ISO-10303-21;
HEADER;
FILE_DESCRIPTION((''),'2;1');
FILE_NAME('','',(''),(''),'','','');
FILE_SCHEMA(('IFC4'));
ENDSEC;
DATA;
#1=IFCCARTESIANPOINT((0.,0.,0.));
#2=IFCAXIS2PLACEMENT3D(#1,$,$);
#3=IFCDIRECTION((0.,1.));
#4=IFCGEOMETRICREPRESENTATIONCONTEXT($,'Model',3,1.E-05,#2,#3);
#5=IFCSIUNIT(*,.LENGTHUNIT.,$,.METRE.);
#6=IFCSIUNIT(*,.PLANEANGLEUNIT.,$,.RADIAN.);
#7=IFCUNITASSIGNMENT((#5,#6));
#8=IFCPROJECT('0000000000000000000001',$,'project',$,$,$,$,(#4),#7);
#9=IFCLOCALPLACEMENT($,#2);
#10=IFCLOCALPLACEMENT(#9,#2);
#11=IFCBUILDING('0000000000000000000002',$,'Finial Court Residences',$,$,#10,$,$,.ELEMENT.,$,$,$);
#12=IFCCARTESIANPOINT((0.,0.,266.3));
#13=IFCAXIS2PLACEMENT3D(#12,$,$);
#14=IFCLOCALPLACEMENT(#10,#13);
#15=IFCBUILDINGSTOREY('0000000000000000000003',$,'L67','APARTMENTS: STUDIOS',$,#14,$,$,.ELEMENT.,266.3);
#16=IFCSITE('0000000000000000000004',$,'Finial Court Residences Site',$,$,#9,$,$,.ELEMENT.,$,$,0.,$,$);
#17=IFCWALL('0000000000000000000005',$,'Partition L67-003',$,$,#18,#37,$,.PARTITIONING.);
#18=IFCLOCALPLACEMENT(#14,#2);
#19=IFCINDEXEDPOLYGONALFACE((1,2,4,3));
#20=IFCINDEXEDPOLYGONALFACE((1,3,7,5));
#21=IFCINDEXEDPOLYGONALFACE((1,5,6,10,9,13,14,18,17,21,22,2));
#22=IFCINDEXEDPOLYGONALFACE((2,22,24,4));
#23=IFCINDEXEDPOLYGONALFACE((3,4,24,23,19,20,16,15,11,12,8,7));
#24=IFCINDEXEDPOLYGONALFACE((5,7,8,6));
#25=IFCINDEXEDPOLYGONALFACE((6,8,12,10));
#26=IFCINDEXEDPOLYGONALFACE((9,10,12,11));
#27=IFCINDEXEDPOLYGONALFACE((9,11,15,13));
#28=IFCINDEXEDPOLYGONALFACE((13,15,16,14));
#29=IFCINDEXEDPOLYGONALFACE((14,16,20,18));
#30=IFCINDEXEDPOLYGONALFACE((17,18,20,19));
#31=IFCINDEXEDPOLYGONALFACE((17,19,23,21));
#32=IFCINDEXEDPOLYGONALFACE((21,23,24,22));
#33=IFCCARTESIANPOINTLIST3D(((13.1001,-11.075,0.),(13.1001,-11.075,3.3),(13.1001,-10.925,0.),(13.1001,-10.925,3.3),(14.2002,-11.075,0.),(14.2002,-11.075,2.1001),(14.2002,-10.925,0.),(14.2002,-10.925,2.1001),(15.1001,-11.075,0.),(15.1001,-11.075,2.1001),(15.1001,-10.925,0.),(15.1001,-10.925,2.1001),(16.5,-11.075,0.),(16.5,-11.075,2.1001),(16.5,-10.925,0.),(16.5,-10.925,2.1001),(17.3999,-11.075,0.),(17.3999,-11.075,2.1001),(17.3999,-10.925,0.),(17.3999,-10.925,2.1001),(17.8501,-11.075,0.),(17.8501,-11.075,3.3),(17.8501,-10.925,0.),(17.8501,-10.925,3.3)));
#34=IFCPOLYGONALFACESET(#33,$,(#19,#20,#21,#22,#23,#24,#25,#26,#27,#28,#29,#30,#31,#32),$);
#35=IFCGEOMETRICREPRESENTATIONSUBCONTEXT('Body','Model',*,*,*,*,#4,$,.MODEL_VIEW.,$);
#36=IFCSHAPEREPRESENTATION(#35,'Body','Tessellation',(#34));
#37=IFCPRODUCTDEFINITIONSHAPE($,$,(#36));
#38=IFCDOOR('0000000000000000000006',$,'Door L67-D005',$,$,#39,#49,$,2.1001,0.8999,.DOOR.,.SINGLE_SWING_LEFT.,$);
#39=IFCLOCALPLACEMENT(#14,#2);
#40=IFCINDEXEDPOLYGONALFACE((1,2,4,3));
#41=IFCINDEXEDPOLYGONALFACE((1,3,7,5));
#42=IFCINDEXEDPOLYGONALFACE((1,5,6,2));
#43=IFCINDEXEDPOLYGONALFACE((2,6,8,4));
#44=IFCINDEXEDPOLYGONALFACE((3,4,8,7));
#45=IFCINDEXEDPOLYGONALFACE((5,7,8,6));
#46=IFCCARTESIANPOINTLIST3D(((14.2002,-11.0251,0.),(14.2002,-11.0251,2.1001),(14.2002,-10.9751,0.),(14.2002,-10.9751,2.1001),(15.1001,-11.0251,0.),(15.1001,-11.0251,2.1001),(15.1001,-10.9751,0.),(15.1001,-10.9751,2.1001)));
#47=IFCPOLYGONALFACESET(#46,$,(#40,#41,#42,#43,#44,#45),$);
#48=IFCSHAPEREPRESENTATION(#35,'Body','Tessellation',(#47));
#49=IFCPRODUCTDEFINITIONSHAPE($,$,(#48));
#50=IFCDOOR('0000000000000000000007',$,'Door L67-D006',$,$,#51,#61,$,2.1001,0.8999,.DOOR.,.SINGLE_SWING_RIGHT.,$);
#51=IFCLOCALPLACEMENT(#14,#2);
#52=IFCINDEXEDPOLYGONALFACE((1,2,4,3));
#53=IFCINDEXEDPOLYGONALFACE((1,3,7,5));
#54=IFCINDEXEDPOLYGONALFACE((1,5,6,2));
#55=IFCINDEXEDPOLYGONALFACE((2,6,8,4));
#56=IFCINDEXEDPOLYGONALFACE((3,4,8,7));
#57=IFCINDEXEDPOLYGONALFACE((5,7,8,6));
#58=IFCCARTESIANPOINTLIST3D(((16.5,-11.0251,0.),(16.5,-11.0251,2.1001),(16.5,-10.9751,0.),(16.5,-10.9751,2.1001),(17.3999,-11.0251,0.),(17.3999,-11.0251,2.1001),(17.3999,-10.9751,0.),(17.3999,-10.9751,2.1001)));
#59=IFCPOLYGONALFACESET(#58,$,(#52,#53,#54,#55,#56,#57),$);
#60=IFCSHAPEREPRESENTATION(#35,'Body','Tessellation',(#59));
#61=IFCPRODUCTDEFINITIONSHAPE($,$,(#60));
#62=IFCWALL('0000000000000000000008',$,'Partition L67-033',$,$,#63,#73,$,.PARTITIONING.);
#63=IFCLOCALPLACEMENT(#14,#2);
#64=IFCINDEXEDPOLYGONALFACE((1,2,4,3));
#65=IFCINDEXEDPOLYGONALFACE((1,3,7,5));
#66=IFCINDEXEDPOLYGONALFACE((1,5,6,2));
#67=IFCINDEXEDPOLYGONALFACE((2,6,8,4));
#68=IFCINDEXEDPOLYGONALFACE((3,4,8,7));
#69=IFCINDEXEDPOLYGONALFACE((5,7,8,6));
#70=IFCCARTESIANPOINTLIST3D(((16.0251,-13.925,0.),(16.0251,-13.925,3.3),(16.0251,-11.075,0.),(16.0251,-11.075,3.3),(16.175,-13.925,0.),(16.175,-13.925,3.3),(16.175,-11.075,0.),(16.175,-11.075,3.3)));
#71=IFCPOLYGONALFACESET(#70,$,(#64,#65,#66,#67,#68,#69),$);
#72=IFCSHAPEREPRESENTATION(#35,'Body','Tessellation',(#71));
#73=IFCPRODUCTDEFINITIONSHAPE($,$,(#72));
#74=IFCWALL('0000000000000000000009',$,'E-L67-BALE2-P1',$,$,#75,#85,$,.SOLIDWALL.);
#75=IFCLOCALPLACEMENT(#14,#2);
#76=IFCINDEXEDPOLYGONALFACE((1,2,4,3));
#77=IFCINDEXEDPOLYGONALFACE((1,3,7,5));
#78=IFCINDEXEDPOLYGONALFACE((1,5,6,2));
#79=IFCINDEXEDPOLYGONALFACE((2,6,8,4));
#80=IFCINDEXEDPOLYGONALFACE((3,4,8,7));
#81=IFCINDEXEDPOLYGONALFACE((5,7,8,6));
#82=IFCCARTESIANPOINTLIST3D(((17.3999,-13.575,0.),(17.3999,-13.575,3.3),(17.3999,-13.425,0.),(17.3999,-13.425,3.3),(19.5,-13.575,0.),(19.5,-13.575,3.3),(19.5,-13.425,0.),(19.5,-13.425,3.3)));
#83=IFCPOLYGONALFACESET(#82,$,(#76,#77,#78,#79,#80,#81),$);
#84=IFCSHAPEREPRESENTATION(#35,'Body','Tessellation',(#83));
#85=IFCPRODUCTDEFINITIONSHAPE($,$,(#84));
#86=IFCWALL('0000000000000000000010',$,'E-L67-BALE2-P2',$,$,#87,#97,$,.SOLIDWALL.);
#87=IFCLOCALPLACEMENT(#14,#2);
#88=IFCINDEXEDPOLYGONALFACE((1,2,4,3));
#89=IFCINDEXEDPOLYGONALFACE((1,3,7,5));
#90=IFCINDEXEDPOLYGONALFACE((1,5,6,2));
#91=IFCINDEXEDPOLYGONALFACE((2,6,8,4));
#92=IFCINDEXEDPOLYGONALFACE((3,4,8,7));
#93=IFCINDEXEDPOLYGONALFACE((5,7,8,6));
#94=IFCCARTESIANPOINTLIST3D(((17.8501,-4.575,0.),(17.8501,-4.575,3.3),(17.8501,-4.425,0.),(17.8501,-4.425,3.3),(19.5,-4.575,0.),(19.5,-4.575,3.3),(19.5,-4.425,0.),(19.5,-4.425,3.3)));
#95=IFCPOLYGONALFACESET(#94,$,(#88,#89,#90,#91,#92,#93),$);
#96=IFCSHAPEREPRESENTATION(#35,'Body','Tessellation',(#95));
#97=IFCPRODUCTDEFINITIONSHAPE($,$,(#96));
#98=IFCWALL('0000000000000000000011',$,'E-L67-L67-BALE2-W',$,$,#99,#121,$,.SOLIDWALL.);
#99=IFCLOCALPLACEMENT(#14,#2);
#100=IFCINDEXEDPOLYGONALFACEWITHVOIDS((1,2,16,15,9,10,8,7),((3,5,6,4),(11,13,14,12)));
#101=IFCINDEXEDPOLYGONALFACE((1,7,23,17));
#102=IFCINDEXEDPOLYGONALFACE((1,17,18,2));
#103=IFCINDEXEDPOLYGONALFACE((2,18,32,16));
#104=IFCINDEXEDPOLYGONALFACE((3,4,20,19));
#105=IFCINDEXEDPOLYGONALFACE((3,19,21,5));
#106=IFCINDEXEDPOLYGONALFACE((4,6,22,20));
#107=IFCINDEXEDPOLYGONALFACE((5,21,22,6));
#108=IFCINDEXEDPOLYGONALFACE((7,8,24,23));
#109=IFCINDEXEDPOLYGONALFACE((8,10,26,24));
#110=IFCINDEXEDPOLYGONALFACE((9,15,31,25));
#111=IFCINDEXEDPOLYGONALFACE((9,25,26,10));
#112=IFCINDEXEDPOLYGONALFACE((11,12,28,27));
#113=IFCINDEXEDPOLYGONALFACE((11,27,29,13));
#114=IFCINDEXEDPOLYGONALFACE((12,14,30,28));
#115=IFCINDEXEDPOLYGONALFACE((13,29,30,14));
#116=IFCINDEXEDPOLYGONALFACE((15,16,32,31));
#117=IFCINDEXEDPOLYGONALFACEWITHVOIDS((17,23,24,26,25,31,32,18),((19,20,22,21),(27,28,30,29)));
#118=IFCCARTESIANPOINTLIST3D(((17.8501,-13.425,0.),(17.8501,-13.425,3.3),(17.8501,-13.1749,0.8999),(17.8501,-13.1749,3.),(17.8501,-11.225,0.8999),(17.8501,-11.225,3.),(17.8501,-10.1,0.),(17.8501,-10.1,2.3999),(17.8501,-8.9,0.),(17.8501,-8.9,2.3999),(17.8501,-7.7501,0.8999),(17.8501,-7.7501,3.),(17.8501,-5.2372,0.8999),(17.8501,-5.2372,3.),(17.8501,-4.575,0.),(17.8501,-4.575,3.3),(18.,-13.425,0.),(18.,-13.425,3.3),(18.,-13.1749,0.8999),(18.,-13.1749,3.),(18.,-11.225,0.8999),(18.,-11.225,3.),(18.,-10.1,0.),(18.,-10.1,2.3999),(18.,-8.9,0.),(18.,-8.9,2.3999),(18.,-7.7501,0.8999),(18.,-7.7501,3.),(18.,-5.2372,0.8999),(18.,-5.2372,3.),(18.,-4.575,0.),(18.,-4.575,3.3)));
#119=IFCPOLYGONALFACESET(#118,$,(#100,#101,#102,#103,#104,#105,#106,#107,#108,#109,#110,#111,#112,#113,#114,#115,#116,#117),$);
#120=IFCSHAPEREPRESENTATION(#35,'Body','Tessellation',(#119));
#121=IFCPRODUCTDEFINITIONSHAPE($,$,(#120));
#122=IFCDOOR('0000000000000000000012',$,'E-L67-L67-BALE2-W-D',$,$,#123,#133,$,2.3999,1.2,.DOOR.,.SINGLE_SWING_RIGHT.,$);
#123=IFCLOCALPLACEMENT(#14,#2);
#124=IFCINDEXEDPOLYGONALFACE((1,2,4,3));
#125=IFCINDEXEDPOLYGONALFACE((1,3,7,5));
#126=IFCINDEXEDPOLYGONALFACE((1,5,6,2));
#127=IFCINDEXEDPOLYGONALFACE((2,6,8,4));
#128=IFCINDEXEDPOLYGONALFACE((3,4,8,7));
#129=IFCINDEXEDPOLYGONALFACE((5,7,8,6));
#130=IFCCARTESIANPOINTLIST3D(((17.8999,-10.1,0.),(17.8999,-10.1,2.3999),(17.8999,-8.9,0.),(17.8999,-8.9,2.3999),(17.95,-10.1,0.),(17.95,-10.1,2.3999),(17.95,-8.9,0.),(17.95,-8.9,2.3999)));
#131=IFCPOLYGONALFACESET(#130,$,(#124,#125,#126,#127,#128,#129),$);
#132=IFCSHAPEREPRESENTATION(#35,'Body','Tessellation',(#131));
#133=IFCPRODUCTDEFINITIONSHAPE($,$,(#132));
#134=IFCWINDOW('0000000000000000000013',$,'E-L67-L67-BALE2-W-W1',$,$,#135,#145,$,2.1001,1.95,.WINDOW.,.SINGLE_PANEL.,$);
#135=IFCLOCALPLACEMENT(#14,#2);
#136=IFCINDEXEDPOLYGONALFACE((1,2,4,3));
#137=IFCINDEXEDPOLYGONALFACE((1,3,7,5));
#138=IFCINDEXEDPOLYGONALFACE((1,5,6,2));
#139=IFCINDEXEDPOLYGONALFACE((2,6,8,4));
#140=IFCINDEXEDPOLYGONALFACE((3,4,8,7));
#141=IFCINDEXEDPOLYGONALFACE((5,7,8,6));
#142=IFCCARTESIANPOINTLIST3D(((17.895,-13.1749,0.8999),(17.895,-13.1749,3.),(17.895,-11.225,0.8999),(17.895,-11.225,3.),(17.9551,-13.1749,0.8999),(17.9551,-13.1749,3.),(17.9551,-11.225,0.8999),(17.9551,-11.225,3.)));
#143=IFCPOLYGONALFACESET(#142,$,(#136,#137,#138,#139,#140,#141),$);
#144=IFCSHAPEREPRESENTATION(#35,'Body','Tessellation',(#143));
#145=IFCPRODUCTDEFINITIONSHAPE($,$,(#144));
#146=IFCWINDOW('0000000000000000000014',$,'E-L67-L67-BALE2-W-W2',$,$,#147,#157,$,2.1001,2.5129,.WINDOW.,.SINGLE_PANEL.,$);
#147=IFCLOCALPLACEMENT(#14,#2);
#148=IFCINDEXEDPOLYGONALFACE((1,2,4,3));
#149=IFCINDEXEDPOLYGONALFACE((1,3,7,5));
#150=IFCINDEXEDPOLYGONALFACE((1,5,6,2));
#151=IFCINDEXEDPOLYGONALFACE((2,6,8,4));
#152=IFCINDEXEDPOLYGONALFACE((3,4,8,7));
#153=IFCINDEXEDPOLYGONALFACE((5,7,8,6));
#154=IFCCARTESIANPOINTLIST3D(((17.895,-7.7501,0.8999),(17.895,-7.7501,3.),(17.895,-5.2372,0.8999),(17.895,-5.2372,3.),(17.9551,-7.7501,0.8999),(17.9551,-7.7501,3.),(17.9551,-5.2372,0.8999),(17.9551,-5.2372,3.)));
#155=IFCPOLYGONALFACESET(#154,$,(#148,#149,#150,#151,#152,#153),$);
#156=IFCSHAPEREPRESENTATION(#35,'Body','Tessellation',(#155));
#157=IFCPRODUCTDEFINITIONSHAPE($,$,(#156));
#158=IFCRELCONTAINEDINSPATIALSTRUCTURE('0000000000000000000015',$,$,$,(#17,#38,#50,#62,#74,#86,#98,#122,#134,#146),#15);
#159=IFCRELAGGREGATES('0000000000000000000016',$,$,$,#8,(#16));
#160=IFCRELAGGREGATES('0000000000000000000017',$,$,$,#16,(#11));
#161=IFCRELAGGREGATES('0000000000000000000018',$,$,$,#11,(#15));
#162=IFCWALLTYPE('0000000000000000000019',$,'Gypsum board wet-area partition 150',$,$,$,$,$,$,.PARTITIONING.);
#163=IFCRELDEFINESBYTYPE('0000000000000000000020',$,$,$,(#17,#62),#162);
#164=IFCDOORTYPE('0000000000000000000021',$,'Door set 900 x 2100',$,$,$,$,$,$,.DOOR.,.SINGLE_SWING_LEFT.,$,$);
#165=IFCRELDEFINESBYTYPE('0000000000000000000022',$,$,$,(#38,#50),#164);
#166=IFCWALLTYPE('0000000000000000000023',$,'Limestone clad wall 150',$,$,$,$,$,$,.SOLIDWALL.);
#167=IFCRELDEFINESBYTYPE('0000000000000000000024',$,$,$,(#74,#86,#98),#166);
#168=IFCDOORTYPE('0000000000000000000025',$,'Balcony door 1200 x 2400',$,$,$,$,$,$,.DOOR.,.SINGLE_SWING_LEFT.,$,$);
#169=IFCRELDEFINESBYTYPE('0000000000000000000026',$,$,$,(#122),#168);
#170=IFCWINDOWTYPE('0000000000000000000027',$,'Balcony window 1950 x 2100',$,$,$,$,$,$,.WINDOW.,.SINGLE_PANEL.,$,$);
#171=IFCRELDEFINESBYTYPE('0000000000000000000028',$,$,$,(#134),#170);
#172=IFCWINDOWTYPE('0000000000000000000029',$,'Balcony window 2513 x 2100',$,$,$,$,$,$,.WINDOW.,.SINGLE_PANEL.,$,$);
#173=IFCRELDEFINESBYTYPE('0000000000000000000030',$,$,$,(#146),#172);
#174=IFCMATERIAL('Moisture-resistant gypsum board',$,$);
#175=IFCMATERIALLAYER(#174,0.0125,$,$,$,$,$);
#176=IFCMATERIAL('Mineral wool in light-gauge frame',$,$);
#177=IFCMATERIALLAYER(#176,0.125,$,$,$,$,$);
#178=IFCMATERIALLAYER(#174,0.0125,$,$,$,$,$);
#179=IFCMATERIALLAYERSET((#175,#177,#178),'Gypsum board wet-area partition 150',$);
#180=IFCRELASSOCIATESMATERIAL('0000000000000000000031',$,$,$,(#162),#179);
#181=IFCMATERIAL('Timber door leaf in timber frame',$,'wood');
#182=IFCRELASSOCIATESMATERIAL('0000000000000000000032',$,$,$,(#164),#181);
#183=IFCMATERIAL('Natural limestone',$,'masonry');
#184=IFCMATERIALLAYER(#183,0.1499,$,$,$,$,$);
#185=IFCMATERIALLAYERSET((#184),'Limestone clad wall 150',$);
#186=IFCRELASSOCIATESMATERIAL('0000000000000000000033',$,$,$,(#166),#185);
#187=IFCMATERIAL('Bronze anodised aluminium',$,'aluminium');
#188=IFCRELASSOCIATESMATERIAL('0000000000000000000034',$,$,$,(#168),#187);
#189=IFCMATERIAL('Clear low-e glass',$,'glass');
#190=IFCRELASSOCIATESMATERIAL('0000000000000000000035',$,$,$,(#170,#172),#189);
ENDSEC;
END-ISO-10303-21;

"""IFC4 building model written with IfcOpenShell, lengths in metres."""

from ifc_helpers import new_model, si_unit, direction, frame, frame_2d, origin, place, context, subcontext, project, spatial, rectangle, extrude, material, layer, layer_set, type_object, element, fill, save


model = new_model("IFC4")

# Units and contexts
model_context = context("Model", 3, precision=1e-05, world=origin(), true_north=direction((0.0, 1.0)))
body_context = subcontext(model_context, "Body", "Model", "MODEL_VIEW")
ifc_project = project(units=[si_unit("LENGTHUNIT", "METRE"), si_unit("PLANEANGLEUNIT", "RADIAN")], contexts=[model_context])

# Site, building, storey
site_placement = place(None, origin())
site = spatial("IfcSite", under=ifc_project, at=site_placement, Name="Finial Court Residences Site", CompositionType="ELEMENT", RefElevation=0.0)
building_placement = place(site_placement, origin())
building = spatial("IfcBuilding", under=site, at=building_placement, Name="Finial Court Residences", CompositionType="ELEMENT")
storey_placement = place(building_placement, frame((0.0, 0.0, 266.3)))
storey = spatial("IfcBuildingStorey", under=building, at=storey_placement, Name="L67", Description="APARTMENTS: STUDIOS", CompositionType="ELEMENT", Elevation=266.3)

# Shared definitions
ifc_material_1 = material(Name="Bronze anodised aluminium", Category="aluminium")
ifc_material_2 = material(Name="Clear low-e glass", Category="glass")

# Shared definitions
ifc_material_3 = material(Name="Moisture-resistant gypsum board")
ifc_layer_1 = layer(ifc_material_3, 0.0125)
ifc_material_4 = material(Name="Mineral wool in light-gauge frame")
ifc_layer_2 = layer(ifc_material_4, 0.125)
ifc_layer_3 = layer(ifc_material_3, 0.0125)
ifc_layer_set_1 = layer_set([ifc_layer_1, ifc_layer_2, ifc_layer_3], Name="Gypsum board wet-area partition 150")
wall_type_1 = type_object("IfcWallType", Name="Gypsum board wet-area partition 150", PredefinedType="PARTITIONING", material=ifc_layer_set_1)
ifc_material_5 = material(Name="Timber door leaf in timber frame", Category="wood")
door_type_1 = type_object("IfcDoorType", Name="Door set 900 x 2100", OperationType="SINGLE_SWING_LEFT", PredefinedType="DOOR", material=ifc_material_5)

# Wall, openings, doors
wall_1_placement = place(storey_placement, frame((13.1001, -11.0, 0.0), z_axis=(0.0, 0.0, 1.0), x_axis=(1.0, 0.0, 0.0)))
wall_1 = element("IfcWall", 1, at=wall_1_placement, inside=storey, type_object=wall_type_1, Name="Partition L67-003", PredefinedType="PARTITIONING", context=body_context, shape_type="SweptSolid", body=[
    extrude(rectangle(XDim=4.75, YDim=0.1499, at=frame_2d((2.375, 0.0))), origin(), (0.0, 0.0, 1.0), 3.3),
])
opening_1_placement = place(wall_1_placement, frame((1.1001, 0.0, 0.0)))
opening_1 = element("IfcOpeningElement", 2, at=opening_1_placement, cuts=wall_1, PredefinedType="OPENING", context=body_context, shape_type="SweptSolid", body=[
    extrude(rectangle(XDim=0.8999, YDim=2.1001, at=frame_2d((0.45, 1.05))), frame((0.0, 0.085, 0.0), z_axis=(0.0, -1.0, 0.0), x_axis=(1.0, 0.0, 0.0)), (0.0, 0.0, 1.0), 0.1699),
])
opening_2_placement = place(wall_1_placement, frame((3.3999, 0.0, 0.0)))
opening_2 = element("IfcOpeningElement", 3, at=opening_2_placement, cuts=wall_1, PredefinedType="OPENING", context=body_context, shape_type="SweptSolid", body=[
    extrude(rectangle(XDim=0.8999, YDim=2.1001, at=frame_2d((0.45, 1.05))), frame((0.0, 0.085, 0.0), z_axis=(0.0, -1.0, 0.0), x_axis=(1.0, 0.0, 0.0)), (0.0, 0.0, 1.0), 0.1699),
])
door_1_placement = place(opening_1_placement, origin())
door_1 = element("IfcDoor", 4, at=door_1_placement, inside=storey, type_object=door_type_1, Name="Door L67-D005", OperationType="SINGLE_SWING_LEFT", OverallHeight=2.1001, OverallWidth=0.8999, PredefinedType="DOOR", context=body_context, shape_type="SweptSolid", body=[
    extrude(rectangle(XDim=0.8999, YDim=2.1001, at=frame_2d((0.45, 1.05))), frame((0.0, 0.0249, 0.0), z_axis=(0.0, -1.0, 0.0), x_axis=(1.0, 0.0, 0.0)), (0.0, 0.0, 1.0), 0.05),
])
fill(opening_1, door_1)
door_2_placement = place(opening_2_placement, origin())
door_2 = element("IfcDoor", 5, at=door_2_placement, inside=storey, type_object=door_type_1, Name="Door L67-D006", OperationType="SINGLE_SWING_RIGHT", OverallHeight=2.1001, OverallWidth=0.8999, PredefinedType="DOOR", context=body_context, shape_type="SweptSolid", body=[
    extrude(rectangle(XDim=0.8999, YDim=2.1001, at=frame_2d((0.45, 1.05))), frame((0.0, 0.0249, 0.0), z_axis=(0.0, -1.0, 0.0), x_axis=(1.0, 0.0, 0.0)), (0.0, 0.0, 1.0), 0.05),
])
fill(opening_2, door_2)

# Walls
wall_2_placement = place(storey_placement, frame((16.1001, -13.925, 0.0), z_axis=(0.0, 0.0, 1.0), x_axis=(0.0, 1.0, 0.0)))
element("IfcWall", 6, at=wall_2_placement, inside=storey, type_object=wall_type_1, Name="Partition L67-033", PredefinedType="PARTITIONING", context=body_context, shape_type="SweptSolid", body=[
    extrude(rectangle(XDim=2.8501, YDim=0.1499, at=frame_2d((1.425, 0.0))), origin(), (0.0, 0.0, 1.0), 3.3),
])
ifc_material_6 = material(Name="Natural limestone", Category="masonry")
ifc_layer_4 = layer(ifc_material_6, 0.1499)
ifc_layer_set_2 = layer_set([ifc_layer_4], Name="Limestone clad wall 150")
wall_type_2 = type_object("IfcWallType", Name="Limestone clad wall 150", PredefinedType="SOLIDWALL", material=ifc_layer_set_2)
wall_3_placement = place(storey_placement, frame((17.3999, -13.5, 0.0), z_axis=(0.0, 0.0, 1.0), x_axis=(1.0, 0.0, 0.0)))
element("IfcWall", 7, at=wall_3_placement, inside=storey, type_object=wall_type_2, Name="E-L67-BALE2-P1", PredefinedType="SOLIDWALL", context=body_context, shape_type="SweptSolid", body=[
    extrude(rectangle(XDim=2.1001, YDim=0.1499, at=frame_2d((1.05, 0.0))), origin(), (0.0, 0.0, 1.0), 3.3),
])
wall_4_placement = place(storey_placement, frame((17.8501, -4.5, 0.0), z_axis=(0.0, 0.0, 1.0), x_axis=(1.0, 0.0, 0.0)))
element("IfcWall", 8, at=wall_4_placement, inside=storey, type_object=wall_type_2, Name="E-L67-BALE2-P2", PredefinedType="SOLIDWALL", context=body_context, shape_type="SweptSolid", body=[
    extrude(rectangle(XDim=1.6499, YDim=0.1499, at=frame_2d((0.825, 0.0))), origin(), (0.0, 0.0, 1.0), 3.3),
])

# Wall, openings, door, windows
wall_5_placement = place(storey_placement, frame((17.925, -4.575, 0.0), z_axis=(0.0, 0.0, 1.0), x_axis=(0.0, -1.0, 0.0)))
wall_5 = element("IfcWall", 9, at=wall_5_placement, inside=storey, type_object=wall_type_2, Name="E-L67-L67-BALE2-W", PredefinedType="SOLIDWALL", context=body_context, shape_type="SweptSolid", body=[
    extrude(rectangle(XDim=8.8501, YDim=0.1499, at=frame_2d((4.425, 0.0))), origin(), (0.0, 0.0, 1.0), 3.3),
])
opening_3_placement = place(wall_5_placement, frame((4.325, 0.0, 0.0)))
opening_3 = element("IfcOpeningElement", 10, at=opening_3_placement, cuts=wall_5, PredefinedType="OPENING", context=body_context, shape_type="SweptSolid", body=[
    extrude(rectangle(XDim=1.2, YDim=2.3999, at=frame_2d((0.6001, 1.2))), frame((0.0, 0.085, 0.0), z_axis=(0.0, -1.0, 0.0), x_axis=(1.0, 0.0, 0.0)), (0.0, 0.0, 1.0), 0.1699),
])
opening_4_placement = place(wall_5_placement, frame((6.6499, 0.0, 0.8999)))
opening_4 = element("IfcOpeningElement", 11, at=opening_4_placement, cuts=wall_5, PredefinedType="OPENING", context=body_context, shape_type="SweptSolid", body=[
    extrude(rectangle(XDim=1.95, YDim=2.1001, at=frame_2d((0.9751, 1.05))), frame((0.0, 0.085, 0.0), z_axis=(0.0, -1.0, 0.0), x_axis=(1.0, 0.0, 0.0)), (0.0, 0.0, 1.0), 0.1699),
])
opening_5_placement = place(wall_5_placement, frame((0.6624, 0.0, 0.8999)))
opening_5 = element("IfcOpeningElement", 12, at=opening_5_placement, cuts=wall_5, PredefinedType="OPENING", context=body_context, shape_type="SweptSolid", body=[
    extrude(rectangle(XDim=2.5129, YDim=2.1001, at=frame_2d((1.2563, 1.05))), frame((0.0, 0.085, 0.0), z_axis=(0.0, -1.0, 0.0), x_axis=(1.0, 0.0, 0.0)), (0.0, 0.0, 1.0), 0.1699),
])
door_type_2 = type_object("IfcDoorType", Name="Balcony door 1200 x 2400", OperationType="SINGLE_SWING_LEFT", PredefinedType="DOOR", material=ifc_material_1)
door_3_placement = place(opening_3_placement, origin())
door_3 = element("IfcDoor", 13, at=door_3_placement, inside=storey, type_object=door_type_2, Name="E-L67-L67-BALE2-W-D", OperationType="SINGLE_SWING_RIGHT", OverallHeight=2.3999, OverallWidth=1.2, PredefinedType="DOOR", context=body_context, shape_type="SweptSolid", body=[
    extrude(rectangle(XDim=1.2, YDim=2.3999, at=frame_2d((0.6001, 1.2))), frame((0.0, 0.0249, 0.0), z_axis=(0.0, -1.0, 0.0), x_axis=(1.0, 0.0, 0.0)), (0.0, 0.0, 1.0), 0.05),
])
fill(opening_3, door_3)
window_type_1 = type_object("IfcWindowType", Name="Balcony window 1950 x 2100", PartitioningType="SINGLE_PANEL", PredefinedType="WINDOW", material=ifc_material_2)
window_1_placement = place(opening_4_placement, origin())
window_1 = element("IfcWindow", 14, at=window_1_placement, inside=storey, type_object=window_type_1, Name="E-L67-L67-BALE2-W-W1", OverallHeight=2.1001, OverallWidth=1.95, PartitioningType="SINGLE_PANEL", PredefinedType="WINDOW", context=body_context, shape_type="SweptSolid", body=[
    extrude(rectangle(XDim=1.95, YDim=2.1001, at=frame_2d((0.9751, 1.05))), frame((0.0, 0.03, 0.0), z_axis=(0.0, -1.0, 0.0), x_axis=(1.0, 0.0, 0.0)), (0.0, 0.0, 1.0), 0.0601),
])
fill(opening_4, window_1)
window_type_2 = type_object("IfcWindowType", Name="Balcony window 2513 x 2100", PartitioningType="SINGLE_PANEL", PredefinedType="WINDOW", material=ifc_material_2)
window_2_placement = place(opening_5_placement, origin())
window_2 = element("IfcWindow", 15, at=window_2_placement, inside=storey, type_object=window_type_2, Name="E-L67-L67-BALE2-W-W2", OverallHeight=2.1001, OverallWidth=2.5129, PartitioningType="SINGLE_PANEL", PredefinedType="WINDOW", context=body_context, shape_type="SweptSolid", body=[
    extrude(rectangle(XDim=2.5129, YDim=2.1001, at=frame_2d((1.2563, 1.05))), frame((0.0, 0.03, 0.0), z_axis=(0.0, -1.0, 0.0), x_axis=(1.0, 0.0, 0.0)), (0.0, 0.0, 1.0), 0.0601),
])
fill(opening_5, window_2)

save(model, "model.ifc")
